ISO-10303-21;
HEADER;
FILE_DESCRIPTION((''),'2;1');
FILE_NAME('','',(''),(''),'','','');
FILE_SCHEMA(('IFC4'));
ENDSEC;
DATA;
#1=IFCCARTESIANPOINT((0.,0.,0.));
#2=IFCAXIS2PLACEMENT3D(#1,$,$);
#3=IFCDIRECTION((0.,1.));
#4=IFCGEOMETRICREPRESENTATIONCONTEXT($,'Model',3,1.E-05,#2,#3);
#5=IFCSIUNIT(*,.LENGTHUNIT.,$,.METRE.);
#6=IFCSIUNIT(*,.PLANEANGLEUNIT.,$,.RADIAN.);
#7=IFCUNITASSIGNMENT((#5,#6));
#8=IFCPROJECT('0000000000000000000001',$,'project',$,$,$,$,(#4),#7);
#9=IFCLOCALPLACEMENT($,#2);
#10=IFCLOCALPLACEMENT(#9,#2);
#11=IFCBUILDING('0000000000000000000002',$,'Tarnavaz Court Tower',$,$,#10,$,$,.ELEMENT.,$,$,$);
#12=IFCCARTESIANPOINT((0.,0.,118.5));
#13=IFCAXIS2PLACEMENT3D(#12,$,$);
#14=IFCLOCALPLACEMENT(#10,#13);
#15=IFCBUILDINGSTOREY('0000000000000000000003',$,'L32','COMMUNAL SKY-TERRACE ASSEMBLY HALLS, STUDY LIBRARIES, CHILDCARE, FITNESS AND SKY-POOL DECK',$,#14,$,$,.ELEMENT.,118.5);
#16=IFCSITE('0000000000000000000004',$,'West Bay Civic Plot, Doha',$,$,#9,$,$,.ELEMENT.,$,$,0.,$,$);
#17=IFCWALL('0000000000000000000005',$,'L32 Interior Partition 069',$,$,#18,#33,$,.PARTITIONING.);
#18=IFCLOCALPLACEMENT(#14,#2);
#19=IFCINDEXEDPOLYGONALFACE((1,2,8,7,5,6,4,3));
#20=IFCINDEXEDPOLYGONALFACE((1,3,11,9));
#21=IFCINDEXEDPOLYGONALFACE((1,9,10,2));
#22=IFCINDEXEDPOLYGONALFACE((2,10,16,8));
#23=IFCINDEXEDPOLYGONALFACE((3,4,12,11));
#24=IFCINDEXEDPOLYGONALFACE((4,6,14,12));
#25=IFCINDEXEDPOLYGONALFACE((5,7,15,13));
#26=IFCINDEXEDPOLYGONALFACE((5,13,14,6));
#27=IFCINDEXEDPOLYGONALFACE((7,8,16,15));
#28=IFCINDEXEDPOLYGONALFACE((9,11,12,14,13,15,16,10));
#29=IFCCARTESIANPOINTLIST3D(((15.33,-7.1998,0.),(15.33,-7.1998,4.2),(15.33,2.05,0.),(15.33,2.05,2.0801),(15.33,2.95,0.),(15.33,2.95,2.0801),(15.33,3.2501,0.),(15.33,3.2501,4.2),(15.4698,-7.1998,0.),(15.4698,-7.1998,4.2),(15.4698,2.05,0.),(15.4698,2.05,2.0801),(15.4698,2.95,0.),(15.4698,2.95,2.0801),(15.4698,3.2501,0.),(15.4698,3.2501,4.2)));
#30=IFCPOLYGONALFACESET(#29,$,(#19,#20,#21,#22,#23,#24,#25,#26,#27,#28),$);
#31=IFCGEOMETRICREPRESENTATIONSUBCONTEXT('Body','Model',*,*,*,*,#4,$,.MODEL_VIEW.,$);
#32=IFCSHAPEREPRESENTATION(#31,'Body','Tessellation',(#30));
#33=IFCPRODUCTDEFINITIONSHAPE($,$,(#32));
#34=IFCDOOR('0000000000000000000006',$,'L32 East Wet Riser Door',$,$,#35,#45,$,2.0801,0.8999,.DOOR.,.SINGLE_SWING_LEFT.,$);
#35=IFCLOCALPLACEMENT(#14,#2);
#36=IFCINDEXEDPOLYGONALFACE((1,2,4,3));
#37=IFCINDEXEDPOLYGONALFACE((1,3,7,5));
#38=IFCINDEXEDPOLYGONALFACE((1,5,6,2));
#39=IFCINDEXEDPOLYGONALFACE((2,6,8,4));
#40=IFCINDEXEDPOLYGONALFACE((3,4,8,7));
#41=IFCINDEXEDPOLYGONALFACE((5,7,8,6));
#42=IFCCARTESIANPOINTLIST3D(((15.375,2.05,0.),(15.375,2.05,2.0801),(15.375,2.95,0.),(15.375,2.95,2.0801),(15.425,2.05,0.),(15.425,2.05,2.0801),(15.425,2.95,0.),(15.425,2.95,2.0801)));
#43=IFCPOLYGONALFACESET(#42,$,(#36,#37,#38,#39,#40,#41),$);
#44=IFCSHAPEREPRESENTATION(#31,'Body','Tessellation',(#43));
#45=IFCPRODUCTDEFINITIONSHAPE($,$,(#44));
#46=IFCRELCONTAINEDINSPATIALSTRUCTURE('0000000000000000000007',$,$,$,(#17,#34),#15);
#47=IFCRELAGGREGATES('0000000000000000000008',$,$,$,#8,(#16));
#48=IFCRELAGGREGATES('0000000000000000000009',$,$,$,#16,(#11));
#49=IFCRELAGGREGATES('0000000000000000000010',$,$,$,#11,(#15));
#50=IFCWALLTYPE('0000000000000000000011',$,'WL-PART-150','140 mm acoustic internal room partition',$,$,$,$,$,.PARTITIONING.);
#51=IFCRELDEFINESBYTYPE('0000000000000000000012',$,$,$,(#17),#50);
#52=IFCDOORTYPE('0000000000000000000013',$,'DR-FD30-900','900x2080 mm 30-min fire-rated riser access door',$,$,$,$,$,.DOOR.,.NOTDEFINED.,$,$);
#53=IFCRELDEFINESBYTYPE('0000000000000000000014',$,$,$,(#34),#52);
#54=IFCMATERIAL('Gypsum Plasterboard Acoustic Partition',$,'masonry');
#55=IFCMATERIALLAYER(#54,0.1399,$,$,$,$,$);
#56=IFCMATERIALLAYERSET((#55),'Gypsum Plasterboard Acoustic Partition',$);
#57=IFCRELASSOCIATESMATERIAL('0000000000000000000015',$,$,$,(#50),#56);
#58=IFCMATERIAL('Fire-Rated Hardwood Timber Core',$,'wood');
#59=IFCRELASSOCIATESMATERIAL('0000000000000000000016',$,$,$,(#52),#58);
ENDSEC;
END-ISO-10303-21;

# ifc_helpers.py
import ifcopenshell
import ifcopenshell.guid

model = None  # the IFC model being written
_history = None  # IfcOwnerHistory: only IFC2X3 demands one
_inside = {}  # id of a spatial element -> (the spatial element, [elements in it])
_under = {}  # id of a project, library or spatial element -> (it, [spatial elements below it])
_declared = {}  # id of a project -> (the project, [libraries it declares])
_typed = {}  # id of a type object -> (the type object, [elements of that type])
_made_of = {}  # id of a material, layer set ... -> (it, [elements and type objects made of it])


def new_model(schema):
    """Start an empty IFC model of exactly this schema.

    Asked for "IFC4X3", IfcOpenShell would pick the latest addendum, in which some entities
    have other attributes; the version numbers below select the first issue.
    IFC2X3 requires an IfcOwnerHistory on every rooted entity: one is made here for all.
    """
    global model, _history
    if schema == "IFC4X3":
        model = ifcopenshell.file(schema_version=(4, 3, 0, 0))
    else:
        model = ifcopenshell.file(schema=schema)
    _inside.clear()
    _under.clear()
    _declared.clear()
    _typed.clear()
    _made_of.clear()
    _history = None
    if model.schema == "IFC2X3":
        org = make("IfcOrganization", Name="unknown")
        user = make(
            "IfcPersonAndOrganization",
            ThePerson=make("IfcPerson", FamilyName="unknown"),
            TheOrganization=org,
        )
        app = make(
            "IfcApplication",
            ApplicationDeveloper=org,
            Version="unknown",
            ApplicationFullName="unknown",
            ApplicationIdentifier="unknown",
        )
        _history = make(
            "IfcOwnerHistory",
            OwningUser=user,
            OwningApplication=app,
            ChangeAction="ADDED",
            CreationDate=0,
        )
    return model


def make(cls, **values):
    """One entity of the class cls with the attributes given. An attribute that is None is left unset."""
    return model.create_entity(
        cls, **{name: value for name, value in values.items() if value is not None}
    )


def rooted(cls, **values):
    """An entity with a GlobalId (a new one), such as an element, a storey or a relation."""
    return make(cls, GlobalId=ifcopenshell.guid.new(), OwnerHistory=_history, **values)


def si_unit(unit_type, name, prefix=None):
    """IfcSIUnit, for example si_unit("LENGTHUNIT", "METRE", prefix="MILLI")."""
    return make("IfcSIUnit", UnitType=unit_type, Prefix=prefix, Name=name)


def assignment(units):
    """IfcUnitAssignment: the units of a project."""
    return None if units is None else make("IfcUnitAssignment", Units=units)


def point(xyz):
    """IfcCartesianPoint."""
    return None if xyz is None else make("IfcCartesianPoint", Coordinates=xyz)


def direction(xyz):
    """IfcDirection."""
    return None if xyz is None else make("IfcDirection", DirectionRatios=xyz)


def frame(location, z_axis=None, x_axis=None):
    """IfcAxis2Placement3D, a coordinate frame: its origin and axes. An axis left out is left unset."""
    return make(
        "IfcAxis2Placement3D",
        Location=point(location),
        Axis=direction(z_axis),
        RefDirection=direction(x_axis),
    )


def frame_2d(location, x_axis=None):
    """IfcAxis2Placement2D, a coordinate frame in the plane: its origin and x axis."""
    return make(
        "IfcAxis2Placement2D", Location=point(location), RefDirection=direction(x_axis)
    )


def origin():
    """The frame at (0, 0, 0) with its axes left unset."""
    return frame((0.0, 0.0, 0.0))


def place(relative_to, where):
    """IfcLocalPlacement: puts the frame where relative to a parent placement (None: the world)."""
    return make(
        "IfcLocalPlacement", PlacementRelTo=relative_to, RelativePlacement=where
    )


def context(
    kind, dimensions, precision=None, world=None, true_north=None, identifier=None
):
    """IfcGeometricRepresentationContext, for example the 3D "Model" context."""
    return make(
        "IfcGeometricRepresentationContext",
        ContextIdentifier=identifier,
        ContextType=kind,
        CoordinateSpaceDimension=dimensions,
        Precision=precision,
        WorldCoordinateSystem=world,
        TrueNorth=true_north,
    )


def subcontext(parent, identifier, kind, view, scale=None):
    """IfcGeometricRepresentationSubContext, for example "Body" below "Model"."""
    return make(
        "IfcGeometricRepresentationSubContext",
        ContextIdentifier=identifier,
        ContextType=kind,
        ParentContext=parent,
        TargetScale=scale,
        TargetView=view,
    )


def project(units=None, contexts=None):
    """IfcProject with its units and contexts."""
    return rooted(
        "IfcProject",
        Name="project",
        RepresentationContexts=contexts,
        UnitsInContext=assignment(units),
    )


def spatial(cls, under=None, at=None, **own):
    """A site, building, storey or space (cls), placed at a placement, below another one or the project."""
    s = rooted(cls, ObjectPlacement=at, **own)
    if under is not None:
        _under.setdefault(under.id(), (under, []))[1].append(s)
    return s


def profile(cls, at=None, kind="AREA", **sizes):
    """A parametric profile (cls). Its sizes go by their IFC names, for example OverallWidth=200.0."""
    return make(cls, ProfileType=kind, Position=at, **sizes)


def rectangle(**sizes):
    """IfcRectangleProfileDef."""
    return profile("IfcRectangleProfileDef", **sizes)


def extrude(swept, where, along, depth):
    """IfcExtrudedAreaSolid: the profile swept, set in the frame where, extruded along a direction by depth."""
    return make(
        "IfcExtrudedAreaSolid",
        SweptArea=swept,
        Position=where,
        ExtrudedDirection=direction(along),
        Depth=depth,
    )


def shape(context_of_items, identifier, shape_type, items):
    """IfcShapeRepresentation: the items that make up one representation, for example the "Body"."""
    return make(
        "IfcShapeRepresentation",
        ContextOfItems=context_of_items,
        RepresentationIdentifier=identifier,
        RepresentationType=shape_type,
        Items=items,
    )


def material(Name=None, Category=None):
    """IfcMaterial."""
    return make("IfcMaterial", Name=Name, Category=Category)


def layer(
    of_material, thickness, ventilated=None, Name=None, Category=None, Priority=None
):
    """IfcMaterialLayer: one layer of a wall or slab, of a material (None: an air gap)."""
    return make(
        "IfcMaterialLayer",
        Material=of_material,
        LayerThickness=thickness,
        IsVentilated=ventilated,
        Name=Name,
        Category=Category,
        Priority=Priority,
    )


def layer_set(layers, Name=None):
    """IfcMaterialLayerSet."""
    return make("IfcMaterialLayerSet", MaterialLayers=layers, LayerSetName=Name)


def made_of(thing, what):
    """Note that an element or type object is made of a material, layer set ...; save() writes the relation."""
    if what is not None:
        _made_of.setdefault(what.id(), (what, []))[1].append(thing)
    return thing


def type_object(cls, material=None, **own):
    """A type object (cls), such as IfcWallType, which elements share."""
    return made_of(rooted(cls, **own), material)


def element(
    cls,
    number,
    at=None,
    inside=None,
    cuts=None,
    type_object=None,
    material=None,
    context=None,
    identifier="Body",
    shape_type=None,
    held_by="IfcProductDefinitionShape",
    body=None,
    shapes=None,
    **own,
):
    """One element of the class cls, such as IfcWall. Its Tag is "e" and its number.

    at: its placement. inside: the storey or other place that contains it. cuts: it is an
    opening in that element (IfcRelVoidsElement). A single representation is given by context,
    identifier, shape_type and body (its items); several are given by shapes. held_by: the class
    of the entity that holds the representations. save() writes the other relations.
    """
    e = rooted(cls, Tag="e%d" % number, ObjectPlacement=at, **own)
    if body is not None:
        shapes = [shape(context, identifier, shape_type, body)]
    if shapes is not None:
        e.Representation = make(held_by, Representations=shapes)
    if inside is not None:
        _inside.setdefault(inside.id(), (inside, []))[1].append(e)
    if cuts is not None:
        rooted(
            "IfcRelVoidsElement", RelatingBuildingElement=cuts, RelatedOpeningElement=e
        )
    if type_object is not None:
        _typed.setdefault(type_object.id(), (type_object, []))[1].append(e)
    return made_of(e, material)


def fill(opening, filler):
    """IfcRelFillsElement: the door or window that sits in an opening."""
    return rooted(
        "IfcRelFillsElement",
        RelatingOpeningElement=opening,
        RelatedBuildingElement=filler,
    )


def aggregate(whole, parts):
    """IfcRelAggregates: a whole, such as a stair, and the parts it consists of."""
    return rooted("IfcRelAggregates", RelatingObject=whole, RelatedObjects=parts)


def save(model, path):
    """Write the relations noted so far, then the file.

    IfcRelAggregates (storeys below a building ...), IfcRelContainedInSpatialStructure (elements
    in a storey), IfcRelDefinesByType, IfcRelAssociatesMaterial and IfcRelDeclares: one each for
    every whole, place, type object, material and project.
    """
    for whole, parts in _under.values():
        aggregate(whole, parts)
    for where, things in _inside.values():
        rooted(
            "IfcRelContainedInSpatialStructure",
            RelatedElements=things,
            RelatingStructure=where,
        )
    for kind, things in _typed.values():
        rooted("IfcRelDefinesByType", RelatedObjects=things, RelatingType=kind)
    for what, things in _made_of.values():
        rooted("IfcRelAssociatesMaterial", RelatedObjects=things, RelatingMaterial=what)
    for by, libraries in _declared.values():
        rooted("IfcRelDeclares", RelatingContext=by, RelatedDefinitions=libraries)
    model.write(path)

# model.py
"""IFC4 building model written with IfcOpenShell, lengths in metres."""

from ifc_helpers import new_model, si_unit, direction, frame, frame_2d, origin, place, context, subcontext, project, spatial, rectangle, extrude, material, layer, layer_set, type_object, element, fill, save


model = new_model("IFC4")

# Units and contexts
model_context = context("Model", 3, precision=1e-05, world=origin(), true_north=direction((0.0, 1.0)))
body_context = subcontext(model_context, "Body", "Model", "MODEL_VIEW")
ifc_project = project(units=[si_unit("LENGTHUNIT", "METRE"), si_unit("PLANEANGLEUNIT", "RADIAN")], contexts=[model_context])

# Site, building, storey
site_placement = place(None, origin())
site = spatial("IfcSite", under=ifc_project, at=site_placement, Name="West Bay Civic Plot, Doha", CompositionType="ELEMENT", RefElevation=0.0)
building_placement = place(site_placement, origin())
building = spatial("IfcBuilding", under=site, at=building_placement, Name="Tarnavaz Court Tower", CompositionType="ELEMENT")
storey_placement = place(building_placement, frame((0.0, 0.0, 118.5)))
storey = spatial("IfcBuildingStorey", under=building, at=storey_placement, Name="L32", Description="COMMUNAL SKY-TERRACE ASSEMBLY HALLS, STUDY LIBRARIES, CHILDCARE, FITNESS AND SKY-POOL DECK", CompositionType="ELEMENT", Elevation=118.5)

# Wall, opening, door
ifc_material_1 = material(Name="Gypsum Plasterboard Acoustic Partition", Category="masonry")
ifc_layer_1 = layer(ifc_material_1, 0.1399)
ifc_layer_set_1 = layer_set([ifc_layer_1], Name="Gypsum Plasterboard Acoustic Partition")
wall_type_1 = type_object("IfcWallType", Name="WL-PART-150", Description="140 mm acoustic internal room partition", PredefinedType="PARTITIONING", material=ifc_layer_set_1)
wall_1_placement = place(storey_placement, frame((15.3999, -7.2, 0.0), z_axis=(0.0, 0.0, 1.0), x_axis=(0.0, 1.0, 0.0)))
wall_1 = element("IfcWall", 1, at=wall_1_placement, inside=storey, type_object=wall_type_1, Name="L32 Interior Partition 069", PredefinedType="PARTITIONING", context=body_context, shape_type="SweptSolid", body=[
    extrude(rectangle(XDim=10.45, YDim=0.1399, at=frame_2d((5.2251, 0.0))), origin(), (0.0, 0.0, 1.0), 4.2),
])
opening_1_placement = place(wall_1_placement, frame((9.25, 0.0, 0.0)))
opening_1 = element("IfcOpeningElement", 2, at=opening_1_placement, cuts=wall_1, PredefinedType="OPENING", context=body_context, shape_type="SweptSolid", body=[
    extrude(rectangle(XDim=0.8999, YDim=2.0801, at=frame_2d((0.45, 1.04))), frame((0.0, 0.0798, 0.0), z_axis=(0.0, -1.0, 0.0), x_axis=(1.0, 0.0, 0.0)), (0.0, 0.0, 1.0), 0.1599),
])
ifc_material_2 = material(Name="Fire-Rated Hardwood Timber Core", Category="wood")
door_type_1 = type_object("IfcDoorType", Name="DR-FD30-900", Description="900x2080 mm 30-min fire-rated riser access door", OperationType="NOTDEFINED", PredefinedType="DOOR", material=ifc_material_2)
door_1_placement = place(opening_1_placement, origin())
door_1 = element("IfcDoor", 3, at=door_1_placement, inside=storey, type_object=door_type_1, Name="L32 East Wet Riser Door", OperationType="SINGLE_SWING_LEFT", OverallHeight=2.0801, OverallWidth=0.8999, PredefinedType="DOOR", context=body_context, shape_type="SweptSolid", body=[
    extrude(rectangle(XDim=0.8999, YDim=2.0801, at=frame_2d((0.45, 1.04))), frame((0.0, 0.0249, 0.0), z_axis=(0.0, -1.0, 0.0), x_axis=(1.0, 0.0, 0.0)), (0.0, 0.0, 1.0), 0.05),
])
fill(opening_1, door_1)

save(model, "model.ifc")
